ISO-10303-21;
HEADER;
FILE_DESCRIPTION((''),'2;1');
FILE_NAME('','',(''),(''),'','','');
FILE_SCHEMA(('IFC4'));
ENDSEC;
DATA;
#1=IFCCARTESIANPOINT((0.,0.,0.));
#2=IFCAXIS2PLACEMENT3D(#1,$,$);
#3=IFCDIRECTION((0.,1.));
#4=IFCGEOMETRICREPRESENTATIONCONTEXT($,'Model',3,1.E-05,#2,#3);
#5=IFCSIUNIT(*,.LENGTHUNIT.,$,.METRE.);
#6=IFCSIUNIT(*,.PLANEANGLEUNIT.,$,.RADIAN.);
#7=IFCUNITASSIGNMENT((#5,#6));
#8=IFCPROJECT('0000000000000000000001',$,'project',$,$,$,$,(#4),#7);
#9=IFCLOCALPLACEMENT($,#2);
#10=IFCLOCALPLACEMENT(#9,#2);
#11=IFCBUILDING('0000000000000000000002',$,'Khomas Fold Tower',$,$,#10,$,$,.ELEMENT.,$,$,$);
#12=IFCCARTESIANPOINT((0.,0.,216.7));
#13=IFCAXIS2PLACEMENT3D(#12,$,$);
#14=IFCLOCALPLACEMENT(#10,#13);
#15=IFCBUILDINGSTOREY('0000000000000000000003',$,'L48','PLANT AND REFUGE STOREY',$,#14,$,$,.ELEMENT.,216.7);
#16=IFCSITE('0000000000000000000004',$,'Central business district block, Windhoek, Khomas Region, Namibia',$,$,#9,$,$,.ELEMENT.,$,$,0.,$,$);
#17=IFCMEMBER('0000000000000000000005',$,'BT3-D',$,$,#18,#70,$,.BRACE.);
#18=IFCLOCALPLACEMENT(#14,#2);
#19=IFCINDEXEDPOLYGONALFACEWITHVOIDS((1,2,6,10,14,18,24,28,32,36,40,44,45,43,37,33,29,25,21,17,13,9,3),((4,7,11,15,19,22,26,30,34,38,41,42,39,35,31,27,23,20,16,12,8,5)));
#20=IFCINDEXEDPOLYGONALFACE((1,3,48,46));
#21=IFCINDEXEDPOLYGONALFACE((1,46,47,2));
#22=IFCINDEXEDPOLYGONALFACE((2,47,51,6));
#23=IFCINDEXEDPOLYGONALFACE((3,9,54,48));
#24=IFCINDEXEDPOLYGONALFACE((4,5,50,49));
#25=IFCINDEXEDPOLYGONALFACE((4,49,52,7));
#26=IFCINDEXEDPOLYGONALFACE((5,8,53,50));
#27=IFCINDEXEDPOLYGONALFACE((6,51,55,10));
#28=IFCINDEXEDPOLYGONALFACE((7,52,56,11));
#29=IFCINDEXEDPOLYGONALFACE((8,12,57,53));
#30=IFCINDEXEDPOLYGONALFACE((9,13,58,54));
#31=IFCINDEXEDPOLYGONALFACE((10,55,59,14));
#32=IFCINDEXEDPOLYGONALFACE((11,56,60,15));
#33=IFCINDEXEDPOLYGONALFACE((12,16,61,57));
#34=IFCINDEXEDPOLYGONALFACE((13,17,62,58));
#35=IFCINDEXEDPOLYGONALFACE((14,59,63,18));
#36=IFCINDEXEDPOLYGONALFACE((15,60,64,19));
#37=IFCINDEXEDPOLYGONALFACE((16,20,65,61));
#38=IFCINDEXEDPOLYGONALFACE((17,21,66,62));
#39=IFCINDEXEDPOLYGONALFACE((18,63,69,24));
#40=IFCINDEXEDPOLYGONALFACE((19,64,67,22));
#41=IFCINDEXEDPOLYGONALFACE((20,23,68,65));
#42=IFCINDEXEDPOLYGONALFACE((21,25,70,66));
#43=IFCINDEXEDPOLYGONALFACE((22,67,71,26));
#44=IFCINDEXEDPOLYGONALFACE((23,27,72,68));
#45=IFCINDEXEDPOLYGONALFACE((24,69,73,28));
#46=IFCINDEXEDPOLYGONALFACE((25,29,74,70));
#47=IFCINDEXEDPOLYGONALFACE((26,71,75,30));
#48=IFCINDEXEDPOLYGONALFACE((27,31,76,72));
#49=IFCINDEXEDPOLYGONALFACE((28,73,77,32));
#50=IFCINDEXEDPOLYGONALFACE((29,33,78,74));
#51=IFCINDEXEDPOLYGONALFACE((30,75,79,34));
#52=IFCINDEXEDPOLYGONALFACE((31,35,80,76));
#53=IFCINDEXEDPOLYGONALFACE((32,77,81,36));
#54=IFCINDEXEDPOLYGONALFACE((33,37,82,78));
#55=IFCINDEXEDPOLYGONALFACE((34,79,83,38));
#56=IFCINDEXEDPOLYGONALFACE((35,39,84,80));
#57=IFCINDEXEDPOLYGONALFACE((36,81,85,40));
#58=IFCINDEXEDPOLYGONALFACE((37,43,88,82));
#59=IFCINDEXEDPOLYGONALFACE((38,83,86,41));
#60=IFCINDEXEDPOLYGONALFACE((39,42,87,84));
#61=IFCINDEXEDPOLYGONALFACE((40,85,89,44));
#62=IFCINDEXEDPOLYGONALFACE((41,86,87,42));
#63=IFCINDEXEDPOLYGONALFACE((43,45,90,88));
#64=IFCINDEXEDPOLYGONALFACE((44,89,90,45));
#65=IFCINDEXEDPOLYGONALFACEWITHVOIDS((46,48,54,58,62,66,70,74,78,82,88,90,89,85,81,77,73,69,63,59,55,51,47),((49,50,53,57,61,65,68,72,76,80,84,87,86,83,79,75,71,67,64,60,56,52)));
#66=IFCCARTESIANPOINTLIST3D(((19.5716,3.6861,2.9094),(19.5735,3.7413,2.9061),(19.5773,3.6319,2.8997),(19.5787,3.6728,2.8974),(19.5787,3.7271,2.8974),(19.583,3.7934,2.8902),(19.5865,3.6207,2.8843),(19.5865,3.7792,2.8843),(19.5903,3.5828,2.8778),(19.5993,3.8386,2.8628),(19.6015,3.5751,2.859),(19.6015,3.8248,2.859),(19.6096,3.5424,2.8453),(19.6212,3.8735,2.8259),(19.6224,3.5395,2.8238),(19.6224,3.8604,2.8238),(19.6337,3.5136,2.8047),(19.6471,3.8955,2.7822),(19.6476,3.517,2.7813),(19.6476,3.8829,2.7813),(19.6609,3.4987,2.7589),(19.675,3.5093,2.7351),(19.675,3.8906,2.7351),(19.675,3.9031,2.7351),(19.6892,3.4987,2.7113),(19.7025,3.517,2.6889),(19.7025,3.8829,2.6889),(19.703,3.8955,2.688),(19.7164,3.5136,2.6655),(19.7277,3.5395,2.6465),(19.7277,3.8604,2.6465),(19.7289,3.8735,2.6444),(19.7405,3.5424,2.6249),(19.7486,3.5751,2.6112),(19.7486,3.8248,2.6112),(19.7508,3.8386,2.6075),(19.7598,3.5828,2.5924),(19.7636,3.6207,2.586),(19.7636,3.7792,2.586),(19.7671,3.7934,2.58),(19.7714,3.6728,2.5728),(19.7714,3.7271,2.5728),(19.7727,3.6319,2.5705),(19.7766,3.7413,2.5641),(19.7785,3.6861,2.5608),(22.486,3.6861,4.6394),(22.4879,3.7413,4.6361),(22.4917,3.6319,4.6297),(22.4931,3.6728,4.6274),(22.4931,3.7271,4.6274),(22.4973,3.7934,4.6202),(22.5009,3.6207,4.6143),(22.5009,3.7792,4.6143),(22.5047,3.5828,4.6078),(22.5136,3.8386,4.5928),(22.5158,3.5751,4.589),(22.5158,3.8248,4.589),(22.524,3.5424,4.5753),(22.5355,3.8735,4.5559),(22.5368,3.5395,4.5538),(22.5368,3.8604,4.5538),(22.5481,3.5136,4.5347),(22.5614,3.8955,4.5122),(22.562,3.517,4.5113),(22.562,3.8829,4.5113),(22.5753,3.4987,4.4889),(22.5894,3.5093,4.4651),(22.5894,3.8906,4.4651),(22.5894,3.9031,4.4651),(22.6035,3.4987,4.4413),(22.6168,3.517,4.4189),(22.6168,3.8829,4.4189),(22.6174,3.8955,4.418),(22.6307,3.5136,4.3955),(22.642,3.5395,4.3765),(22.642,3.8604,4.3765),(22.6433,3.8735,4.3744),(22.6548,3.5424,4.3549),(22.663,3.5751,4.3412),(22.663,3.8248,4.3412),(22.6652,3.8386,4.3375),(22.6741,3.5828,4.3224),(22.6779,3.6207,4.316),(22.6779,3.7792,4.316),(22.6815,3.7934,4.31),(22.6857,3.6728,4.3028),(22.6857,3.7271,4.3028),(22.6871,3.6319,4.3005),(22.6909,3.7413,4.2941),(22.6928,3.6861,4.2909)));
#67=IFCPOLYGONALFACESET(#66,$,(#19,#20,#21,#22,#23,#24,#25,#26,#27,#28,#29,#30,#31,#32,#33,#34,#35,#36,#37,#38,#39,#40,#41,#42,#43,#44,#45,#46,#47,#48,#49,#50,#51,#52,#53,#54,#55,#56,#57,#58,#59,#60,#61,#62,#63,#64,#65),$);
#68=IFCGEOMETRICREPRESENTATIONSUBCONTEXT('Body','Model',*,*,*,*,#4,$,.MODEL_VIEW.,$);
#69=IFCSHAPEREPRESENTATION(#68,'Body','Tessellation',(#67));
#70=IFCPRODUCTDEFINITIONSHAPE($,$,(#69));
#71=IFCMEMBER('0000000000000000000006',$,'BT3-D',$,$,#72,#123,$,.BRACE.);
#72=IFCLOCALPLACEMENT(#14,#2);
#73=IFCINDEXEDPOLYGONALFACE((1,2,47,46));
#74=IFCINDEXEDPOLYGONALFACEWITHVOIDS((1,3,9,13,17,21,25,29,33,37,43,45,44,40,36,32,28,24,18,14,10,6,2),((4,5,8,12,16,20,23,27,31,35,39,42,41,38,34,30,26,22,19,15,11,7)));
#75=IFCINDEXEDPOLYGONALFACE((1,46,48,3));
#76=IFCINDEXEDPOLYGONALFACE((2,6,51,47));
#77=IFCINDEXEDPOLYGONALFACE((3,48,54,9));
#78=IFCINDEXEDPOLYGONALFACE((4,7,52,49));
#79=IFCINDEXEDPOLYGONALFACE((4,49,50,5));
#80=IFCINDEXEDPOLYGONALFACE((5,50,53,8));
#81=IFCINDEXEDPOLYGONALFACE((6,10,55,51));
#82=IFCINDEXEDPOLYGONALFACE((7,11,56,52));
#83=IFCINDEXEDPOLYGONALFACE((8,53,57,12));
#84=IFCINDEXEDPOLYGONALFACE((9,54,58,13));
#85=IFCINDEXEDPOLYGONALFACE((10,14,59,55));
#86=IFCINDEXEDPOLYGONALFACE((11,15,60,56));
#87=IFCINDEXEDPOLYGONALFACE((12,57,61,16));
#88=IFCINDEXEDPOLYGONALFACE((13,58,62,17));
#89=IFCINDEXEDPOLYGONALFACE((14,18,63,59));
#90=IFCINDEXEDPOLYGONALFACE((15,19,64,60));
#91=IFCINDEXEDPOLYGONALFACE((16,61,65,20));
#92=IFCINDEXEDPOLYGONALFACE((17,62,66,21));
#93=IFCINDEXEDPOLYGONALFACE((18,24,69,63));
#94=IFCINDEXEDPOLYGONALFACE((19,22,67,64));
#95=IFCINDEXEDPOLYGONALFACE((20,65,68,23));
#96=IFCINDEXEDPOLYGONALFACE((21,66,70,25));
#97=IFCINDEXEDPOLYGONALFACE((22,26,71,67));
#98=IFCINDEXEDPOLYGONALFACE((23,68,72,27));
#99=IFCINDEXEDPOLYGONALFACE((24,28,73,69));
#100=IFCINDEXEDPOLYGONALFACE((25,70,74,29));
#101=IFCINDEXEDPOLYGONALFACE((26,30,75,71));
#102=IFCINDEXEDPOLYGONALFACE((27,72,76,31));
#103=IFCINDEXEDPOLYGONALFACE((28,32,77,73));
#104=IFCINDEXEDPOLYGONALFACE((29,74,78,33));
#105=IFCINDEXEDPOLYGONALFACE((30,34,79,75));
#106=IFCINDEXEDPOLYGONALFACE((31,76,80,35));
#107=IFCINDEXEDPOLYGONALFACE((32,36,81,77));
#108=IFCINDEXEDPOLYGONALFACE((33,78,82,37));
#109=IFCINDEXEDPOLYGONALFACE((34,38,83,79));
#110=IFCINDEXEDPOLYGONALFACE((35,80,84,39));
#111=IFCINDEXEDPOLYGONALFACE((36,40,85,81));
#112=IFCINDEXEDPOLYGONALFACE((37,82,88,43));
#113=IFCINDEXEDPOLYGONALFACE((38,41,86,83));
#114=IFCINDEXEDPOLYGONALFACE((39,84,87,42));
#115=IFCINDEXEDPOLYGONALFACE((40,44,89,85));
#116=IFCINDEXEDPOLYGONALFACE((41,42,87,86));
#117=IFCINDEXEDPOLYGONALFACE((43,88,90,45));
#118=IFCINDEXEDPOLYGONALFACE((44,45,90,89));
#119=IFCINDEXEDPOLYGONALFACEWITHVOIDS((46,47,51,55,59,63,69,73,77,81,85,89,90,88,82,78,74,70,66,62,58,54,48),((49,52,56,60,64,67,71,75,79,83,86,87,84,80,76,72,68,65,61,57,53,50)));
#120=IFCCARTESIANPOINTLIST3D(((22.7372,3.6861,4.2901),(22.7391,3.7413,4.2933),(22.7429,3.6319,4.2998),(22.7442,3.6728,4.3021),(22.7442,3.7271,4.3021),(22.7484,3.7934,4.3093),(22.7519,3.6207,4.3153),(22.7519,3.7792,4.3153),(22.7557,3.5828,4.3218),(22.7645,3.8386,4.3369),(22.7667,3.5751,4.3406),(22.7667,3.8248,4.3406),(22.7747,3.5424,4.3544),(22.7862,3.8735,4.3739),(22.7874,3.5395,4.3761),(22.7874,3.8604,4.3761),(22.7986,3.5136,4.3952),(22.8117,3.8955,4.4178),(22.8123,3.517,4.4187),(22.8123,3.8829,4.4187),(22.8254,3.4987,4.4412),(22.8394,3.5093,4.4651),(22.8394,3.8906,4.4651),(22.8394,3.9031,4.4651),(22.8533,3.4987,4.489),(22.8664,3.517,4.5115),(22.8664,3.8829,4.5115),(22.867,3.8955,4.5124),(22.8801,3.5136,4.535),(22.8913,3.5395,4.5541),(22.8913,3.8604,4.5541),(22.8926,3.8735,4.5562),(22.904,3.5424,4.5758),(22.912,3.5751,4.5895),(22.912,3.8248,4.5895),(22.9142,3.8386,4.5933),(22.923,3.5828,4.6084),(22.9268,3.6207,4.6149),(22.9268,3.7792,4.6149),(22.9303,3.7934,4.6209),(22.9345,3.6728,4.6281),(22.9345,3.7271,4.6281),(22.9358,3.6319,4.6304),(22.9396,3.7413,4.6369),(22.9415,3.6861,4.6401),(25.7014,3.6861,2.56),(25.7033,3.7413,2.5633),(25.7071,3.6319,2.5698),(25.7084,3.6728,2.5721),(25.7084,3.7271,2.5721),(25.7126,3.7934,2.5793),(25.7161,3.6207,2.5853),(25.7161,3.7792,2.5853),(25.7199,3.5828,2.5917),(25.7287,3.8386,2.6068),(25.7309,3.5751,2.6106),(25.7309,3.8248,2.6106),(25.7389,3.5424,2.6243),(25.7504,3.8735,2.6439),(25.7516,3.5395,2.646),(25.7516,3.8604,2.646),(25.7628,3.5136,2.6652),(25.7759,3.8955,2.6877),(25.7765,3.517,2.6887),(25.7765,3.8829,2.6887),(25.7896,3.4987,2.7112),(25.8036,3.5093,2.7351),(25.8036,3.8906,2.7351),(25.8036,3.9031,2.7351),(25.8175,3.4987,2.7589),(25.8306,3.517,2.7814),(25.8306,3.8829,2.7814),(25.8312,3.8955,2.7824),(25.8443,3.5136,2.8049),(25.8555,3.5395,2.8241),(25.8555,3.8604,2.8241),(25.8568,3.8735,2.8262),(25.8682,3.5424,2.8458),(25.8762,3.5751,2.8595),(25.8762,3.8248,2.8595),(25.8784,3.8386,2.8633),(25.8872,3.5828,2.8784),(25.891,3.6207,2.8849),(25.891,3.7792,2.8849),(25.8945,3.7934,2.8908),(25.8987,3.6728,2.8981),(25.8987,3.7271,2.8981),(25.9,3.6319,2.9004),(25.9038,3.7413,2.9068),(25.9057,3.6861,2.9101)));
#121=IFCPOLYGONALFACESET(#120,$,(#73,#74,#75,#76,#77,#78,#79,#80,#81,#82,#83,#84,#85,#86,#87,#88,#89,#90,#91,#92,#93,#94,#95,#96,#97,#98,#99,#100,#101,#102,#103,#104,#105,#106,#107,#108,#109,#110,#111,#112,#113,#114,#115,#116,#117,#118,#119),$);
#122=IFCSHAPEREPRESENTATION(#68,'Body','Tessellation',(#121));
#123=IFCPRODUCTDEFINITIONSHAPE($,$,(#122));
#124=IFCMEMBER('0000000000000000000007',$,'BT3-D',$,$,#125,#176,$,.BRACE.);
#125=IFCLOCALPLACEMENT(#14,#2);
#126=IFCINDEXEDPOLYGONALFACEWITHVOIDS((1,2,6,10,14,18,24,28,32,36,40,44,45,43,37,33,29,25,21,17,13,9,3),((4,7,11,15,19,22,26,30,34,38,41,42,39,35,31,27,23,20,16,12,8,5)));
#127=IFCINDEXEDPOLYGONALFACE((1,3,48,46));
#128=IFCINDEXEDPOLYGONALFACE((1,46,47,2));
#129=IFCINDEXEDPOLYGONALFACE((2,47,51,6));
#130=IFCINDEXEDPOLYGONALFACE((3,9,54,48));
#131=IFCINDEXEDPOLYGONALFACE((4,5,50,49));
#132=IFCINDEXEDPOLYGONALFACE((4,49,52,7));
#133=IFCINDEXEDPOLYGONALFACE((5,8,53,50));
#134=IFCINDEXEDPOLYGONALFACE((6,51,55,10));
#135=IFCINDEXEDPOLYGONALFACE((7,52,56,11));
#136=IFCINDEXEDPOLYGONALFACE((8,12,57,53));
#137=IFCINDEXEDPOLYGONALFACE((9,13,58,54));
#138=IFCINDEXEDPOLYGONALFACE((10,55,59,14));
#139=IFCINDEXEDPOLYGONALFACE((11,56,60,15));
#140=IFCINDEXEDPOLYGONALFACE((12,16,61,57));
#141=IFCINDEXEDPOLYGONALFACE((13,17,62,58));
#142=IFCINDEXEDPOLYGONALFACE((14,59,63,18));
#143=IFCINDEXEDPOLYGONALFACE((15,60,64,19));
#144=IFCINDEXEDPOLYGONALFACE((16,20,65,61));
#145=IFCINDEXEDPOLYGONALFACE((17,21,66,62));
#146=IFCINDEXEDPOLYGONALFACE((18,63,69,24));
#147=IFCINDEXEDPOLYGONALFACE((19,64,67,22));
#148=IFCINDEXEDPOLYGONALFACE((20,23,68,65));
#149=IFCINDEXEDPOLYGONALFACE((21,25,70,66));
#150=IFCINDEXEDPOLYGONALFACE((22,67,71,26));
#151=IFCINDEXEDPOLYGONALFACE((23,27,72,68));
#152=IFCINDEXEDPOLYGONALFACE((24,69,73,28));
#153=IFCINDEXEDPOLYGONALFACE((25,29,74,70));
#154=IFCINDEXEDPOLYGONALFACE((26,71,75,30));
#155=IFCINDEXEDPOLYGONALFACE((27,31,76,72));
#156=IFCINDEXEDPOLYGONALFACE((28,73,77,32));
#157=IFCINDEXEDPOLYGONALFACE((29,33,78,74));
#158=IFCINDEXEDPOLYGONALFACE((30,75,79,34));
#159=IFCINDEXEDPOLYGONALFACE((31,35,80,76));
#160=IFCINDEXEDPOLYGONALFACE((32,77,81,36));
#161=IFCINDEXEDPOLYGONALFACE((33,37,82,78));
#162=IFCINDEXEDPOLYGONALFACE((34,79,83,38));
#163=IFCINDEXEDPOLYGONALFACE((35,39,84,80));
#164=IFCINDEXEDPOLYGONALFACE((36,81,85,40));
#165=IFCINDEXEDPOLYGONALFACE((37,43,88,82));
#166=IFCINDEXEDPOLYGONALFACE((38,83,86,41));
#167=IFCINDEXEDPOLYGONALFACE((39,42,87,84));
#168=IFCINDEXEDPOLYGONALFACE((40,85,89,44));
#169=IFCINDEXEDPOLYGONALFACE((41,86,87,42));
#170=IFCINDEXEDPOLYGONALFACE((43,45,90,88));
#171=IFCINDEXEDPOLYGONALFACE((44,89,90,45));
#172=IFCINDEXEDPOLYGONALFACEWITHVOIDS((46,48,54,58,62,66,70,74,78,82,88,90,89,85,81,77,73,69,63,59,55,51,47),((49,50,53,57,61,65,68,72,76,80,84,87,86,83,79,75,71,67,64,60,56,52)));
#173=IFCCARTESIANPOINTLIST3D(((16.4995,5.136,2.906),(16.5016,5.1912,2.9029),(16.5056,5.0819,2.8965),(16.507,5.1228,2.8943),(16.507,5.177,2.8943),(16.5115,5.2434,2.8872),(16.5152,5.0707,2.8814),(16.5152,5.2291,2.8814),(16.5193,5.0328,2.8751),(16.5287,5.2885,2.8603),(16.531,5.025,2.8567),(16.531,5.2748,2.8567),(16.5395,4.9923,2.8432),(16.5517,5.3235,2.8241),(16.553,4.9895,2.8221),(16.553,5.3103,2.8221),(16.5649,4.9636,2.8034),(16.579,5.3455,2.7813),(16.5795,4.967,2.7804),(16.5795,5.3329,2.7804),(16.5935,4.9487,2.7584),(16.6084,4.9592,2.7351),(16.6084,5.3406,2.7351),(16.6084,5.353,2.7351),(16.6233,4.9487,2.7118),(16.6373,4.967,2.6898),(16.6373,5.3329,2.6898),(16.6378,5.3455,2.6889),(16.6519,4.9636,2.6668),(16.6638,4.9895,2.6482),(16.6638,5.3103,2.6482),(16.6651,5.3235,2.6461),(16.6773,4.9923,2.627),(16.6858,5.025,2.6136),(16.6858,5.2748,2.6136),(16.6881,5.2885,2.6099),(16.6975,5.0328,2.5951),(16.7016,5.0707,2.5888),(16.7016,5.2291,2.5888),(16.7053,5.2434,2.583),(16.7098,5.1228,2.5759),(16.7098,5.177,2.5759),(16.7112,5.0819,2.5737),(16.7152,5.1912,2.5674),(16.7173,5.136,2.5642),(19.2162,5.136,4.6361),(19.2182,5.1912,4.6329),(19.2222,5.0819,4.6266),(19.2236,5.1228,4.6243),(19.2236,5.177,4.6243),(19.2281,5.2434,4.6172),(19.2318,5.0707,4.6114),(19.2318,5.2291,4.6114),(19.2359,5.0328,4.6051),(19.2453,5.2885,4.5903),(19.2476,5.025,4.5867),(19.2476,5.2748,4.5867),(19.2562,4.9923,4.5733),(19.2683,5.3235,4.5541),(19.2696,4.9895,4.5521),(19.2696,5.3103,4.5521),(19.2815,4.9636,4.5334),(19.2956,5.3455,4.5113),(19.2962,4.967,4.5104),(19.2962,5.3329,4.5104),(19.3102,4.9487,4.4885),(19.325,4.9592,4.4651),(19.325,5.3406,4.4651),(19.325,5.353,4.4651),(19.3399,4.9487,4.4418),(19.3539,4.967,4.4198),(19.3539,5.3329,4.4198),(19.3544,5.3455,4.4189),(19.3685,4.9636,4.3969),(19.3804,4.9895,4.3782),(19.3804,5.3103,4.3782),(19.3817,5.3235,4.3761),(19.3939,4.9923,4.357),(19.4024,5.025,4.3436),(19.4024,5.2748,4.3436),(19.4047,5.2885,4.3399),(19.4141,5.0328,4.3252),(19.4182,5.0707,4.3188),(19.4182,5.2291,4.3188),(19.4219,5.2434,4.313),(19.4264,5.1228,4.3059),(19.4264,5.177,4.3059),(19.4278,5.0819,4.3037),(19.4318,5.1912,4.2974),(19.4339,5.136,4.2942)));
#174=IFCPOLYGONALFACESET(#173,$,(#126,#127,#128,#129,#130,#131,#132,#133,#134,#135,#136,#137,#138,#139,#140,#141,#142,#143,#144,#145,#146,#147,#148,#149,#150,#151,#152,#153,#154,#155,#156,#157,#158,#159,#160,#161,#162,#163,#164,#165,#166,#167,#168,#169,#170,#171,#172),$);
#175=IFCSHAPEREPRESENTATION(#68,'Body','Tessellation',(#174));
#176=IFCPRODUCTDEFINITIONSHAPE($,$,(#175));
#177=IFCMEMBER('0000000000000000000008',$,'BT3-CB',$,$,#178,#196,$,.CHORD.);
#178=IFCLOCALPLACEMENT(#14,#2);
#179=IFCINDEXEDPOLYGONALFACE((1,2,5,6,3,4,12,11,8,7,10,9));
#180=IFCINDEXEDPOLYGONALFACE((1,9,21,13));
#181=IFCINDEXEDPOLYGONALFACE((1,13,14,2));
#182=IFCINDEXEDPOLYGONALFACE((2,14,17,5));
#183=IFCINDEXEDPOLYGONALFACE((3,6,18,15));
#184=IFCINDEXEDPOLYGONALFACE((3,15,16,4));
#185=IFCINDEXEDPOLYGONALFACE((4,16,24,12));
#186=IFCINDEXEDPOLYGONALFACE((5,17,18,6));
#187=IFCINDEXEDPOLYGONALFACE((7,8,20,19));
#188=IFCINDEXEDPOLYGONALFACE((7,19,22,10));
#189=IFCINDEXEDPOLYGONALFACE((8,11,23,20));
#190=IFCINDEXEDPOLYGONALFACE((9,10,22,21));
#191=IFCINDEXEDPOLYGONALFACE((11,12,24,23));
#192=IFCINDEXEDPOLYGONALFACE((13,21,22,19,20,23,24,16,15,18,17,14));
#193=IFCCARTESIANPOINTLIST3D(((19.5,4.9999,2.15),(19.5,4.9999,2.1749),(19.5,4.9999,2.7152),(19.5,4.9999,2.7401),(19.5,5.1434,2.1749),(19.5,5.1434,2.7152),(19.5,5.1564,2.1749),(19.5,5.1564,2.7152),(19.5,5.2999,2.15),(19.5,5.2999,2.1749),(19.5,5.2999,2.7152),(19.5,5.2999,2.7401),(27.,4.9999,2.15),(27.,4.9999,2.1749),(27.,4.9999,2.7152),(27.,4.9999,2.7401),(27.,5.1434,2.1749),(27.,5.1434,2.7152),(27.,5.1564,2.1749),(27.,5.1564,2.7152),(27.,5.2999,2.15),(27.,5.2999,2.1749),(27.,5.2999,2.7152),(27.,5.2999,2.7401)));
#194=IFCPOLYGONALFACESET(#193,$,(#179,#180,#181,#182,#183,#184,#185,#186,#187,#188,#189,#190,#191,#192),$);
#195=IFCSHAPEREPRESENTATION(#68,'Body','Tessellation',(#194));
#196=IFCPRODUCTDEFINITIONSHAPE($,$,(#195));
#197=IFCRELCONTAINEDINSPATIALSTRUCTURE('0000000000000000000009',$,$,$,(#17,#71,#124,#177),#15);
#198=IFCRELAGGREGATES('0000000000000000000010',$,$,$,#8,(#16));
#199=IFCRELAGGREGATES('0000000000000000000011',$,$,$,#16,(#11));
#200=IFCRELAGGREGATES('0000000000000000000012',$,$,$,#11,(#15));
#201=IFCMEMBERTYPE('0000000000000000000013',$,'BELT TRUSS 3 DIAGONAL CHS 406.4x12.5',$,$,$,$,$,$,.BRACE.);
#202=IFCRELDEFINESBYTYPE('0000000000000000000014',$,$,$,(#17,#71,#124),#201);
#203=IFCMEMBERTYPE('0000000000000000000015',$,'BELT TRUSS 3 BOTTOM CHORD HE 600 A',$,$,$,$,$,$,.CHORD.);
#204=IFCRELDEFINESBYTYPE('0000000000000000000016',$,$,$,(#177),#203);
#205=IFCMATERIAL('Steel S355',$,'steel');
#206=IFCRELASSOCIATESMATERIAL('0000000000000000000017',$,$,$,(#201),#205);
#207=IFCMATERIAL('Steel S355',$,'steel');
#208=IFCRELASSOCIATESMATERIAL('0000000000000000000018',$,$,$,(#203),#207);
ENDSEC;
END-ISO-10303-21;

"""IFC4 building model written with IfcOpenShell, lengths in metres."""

from ifc_helpers import new_model, si_unit, direction, frame, origin, origin_2d, place, context, subcontext, project, spatial, hollow_circle, i_section, extrude, source, transform, mapped, material, material_profile, profile_set, type_object, element, save


model = new_model("IFC4")

# Units and contexts
model_context = context("Model", 3, precision=1e-05, world=origin(), true_north=direction((0.0, 1.0)))
body_context = subcontext(model_context, "Body", "Model", "MODEL_VIEW")
ifc_project = project(units=[si_unit("LENGTHUNIT", "METRE"), si_unit("PLANEANGLEUNIT", "RADIAN")], contexts=[model_context])

# Site, building, storey
site_placement = place(None, origin())
site = spatial("IfcSite", under=ifc_project, at=site_placement, Name="Central business district block, Windhoek, Khomas Region, Namibia", CompositionType="ELEMENT", RefElevation=0.0)
building_placement = place(site_placement, origin())
building = spatial("IfcBuilding", under=site, at=building_placement, Name="Khomas Fold Tower", CompositionType="ELEMENT")
storey_placement = place(building_placement, frame((0.0, 0.0, 216.7)))
storey = spatial("IfcBuildingStorey", under=building, at=storey_placement, Name="L48", Description="PLANT AND REFUGE STOREY", CompositionType="ELEMENT", Elevation=216.7)

# Members
ifc_material_1 = material(Name="Steel S355", Category="steel")
ifc_material_profile_1 = material_profile(ifc_material_1, hollow_circle(Radius=0.2031, WallThickness=0.0125, at=origin_2d()), Name="CHS 406.4x12.5")
ifc_profile_set_1 = profile_set([ifc_material_profile_1], Name="Steel S355")
member_type_1 = type_object("IfcMemberType", Name="BELT TRUSS 3 DIAGONAL CHS 406.4x12.5", PredefinedType="BRACE", material=ifc_profile_set_1)
shared_shape_1 = source(origin(), body_context, "Body", "SweptSolid", [
    extrude(hollow_circle(Radius=0.2031, WallThickness=0.0125, at=origin_2d()), origin(), (0.0, 0.0, 1.0), 3.3892),
])
member_1_placement = place(storey_placement, frame((19.675, 3.7, 2.7351), z_axis=(0.859905, 0.0, 0.510454), x_axis=(0.0, 1.0, 0.0)))
element("IfcMember", 1, at=member_1_placement, inside=storey, type_object=member_type_1, Name="BT3-D", PredefinedType="BRACE", context=body_context, shape_type="MappedRepresentation", body=[
    mapped(shared_shape_1, transform((0.0, 0.0, 0.0))),
])
shared_shape_2 = source(origin(), body_context, "Body", "SweptSolid", [
    extrude(hollow_circle(Radius=0.2031, WallThickness=0.0125, at=origin_2d()), origin(), (0.0, 0.0, 1.0), 3.4321),
])
member_2_placement = place(storey_placement, frame((22.8394, 3.7, 4.4651), z_axis=(0.863663, 0.0, -0.50407), x_axis=(0.0, 1.0, 0.0)))
element("IfcMember", 2, at=member_2_placement, inside=storey, type_object=member_type_1, Name="BT3-D", PredefinedType="BRACE", context=body_context, shape_type="MappedRepresentation", body=[
    mapped(shared_shape_2, transform((0.0, 0.0, 0.0))),
])
shared_shape_3 = source(origin(), body_context, "Body", "SweptSolid", [
    extrude(hollow_circle(Radius=0.2031, WallThickness=0.0125, at=origin_2d()), origin(), (0.0, 0.0, 1.0), 3.2207),
])
member_3_placement = place(storey_placement, frame((16.6084, 5.1499, 2.7351), z_axis=(0.843484, 0.0, 0.537155), x_axis=(0.0, 1.0, 0.0)))
element("IfcMember", 3, at=member_3_placement, inside=storey, type_object=member_type_1, Name="BT3-D", PredefinedType="BRACE", context=body_context, shape_type="MappedRepresentation", body=[
    mapped(shared_shape_3, transform((0.0, 0.0, 0.0))),
])
ifc_material_2 = material(Name="Steel S355", Category="steel")
ifc_material_profile_2 = material_profile(ifc_material_2, i_section(OverallWidth=0.3, OverallDepth=0.5901, WebThickness=0.0129, FlangeThickness=0.0249, at=origin_2d()), Name="HE 600 A")
ifc_profile_set_2 = profile_set([ifc_material_profile_2], Name="Steel S355")
member_type_2 = type_object("IfcMemberType", Name="BELT TRUSS 3 BOTTOM CHORD HE 600 A", PredefinedType="CHORD", material=ifc_profile_set_2)
shared_shape_4 = source(origin(), body_context, "Body", "SweptSolid", [
    extrude(i_section(OverallWidth=0.3, OverallDepth=0.5901, WebThickness=0.0129, FlangeThickness=0.0249, at=origin_2d()), origin(), (0.0, 0.0, 1.0), 7.5),
])
member_4_placement = place(storey_placement, frame((19.5, 5.1499, 2.4451), z_axis=(1.0, 0.0, 0.0), x_axis=(0.0, 1.0, 0.0)))
element("IfcMember", 4, at=member_4_placement, inside=storey, type_object=member_type_2, Name="BT3-CB", PredefinedType="CHORD", context=body_context, shape_type="MappedRepresentation", body=[
    mapped(shared_shape_4, transform((0.0, 0.0, 0.0))),
])

save(model, "model.ifc")
